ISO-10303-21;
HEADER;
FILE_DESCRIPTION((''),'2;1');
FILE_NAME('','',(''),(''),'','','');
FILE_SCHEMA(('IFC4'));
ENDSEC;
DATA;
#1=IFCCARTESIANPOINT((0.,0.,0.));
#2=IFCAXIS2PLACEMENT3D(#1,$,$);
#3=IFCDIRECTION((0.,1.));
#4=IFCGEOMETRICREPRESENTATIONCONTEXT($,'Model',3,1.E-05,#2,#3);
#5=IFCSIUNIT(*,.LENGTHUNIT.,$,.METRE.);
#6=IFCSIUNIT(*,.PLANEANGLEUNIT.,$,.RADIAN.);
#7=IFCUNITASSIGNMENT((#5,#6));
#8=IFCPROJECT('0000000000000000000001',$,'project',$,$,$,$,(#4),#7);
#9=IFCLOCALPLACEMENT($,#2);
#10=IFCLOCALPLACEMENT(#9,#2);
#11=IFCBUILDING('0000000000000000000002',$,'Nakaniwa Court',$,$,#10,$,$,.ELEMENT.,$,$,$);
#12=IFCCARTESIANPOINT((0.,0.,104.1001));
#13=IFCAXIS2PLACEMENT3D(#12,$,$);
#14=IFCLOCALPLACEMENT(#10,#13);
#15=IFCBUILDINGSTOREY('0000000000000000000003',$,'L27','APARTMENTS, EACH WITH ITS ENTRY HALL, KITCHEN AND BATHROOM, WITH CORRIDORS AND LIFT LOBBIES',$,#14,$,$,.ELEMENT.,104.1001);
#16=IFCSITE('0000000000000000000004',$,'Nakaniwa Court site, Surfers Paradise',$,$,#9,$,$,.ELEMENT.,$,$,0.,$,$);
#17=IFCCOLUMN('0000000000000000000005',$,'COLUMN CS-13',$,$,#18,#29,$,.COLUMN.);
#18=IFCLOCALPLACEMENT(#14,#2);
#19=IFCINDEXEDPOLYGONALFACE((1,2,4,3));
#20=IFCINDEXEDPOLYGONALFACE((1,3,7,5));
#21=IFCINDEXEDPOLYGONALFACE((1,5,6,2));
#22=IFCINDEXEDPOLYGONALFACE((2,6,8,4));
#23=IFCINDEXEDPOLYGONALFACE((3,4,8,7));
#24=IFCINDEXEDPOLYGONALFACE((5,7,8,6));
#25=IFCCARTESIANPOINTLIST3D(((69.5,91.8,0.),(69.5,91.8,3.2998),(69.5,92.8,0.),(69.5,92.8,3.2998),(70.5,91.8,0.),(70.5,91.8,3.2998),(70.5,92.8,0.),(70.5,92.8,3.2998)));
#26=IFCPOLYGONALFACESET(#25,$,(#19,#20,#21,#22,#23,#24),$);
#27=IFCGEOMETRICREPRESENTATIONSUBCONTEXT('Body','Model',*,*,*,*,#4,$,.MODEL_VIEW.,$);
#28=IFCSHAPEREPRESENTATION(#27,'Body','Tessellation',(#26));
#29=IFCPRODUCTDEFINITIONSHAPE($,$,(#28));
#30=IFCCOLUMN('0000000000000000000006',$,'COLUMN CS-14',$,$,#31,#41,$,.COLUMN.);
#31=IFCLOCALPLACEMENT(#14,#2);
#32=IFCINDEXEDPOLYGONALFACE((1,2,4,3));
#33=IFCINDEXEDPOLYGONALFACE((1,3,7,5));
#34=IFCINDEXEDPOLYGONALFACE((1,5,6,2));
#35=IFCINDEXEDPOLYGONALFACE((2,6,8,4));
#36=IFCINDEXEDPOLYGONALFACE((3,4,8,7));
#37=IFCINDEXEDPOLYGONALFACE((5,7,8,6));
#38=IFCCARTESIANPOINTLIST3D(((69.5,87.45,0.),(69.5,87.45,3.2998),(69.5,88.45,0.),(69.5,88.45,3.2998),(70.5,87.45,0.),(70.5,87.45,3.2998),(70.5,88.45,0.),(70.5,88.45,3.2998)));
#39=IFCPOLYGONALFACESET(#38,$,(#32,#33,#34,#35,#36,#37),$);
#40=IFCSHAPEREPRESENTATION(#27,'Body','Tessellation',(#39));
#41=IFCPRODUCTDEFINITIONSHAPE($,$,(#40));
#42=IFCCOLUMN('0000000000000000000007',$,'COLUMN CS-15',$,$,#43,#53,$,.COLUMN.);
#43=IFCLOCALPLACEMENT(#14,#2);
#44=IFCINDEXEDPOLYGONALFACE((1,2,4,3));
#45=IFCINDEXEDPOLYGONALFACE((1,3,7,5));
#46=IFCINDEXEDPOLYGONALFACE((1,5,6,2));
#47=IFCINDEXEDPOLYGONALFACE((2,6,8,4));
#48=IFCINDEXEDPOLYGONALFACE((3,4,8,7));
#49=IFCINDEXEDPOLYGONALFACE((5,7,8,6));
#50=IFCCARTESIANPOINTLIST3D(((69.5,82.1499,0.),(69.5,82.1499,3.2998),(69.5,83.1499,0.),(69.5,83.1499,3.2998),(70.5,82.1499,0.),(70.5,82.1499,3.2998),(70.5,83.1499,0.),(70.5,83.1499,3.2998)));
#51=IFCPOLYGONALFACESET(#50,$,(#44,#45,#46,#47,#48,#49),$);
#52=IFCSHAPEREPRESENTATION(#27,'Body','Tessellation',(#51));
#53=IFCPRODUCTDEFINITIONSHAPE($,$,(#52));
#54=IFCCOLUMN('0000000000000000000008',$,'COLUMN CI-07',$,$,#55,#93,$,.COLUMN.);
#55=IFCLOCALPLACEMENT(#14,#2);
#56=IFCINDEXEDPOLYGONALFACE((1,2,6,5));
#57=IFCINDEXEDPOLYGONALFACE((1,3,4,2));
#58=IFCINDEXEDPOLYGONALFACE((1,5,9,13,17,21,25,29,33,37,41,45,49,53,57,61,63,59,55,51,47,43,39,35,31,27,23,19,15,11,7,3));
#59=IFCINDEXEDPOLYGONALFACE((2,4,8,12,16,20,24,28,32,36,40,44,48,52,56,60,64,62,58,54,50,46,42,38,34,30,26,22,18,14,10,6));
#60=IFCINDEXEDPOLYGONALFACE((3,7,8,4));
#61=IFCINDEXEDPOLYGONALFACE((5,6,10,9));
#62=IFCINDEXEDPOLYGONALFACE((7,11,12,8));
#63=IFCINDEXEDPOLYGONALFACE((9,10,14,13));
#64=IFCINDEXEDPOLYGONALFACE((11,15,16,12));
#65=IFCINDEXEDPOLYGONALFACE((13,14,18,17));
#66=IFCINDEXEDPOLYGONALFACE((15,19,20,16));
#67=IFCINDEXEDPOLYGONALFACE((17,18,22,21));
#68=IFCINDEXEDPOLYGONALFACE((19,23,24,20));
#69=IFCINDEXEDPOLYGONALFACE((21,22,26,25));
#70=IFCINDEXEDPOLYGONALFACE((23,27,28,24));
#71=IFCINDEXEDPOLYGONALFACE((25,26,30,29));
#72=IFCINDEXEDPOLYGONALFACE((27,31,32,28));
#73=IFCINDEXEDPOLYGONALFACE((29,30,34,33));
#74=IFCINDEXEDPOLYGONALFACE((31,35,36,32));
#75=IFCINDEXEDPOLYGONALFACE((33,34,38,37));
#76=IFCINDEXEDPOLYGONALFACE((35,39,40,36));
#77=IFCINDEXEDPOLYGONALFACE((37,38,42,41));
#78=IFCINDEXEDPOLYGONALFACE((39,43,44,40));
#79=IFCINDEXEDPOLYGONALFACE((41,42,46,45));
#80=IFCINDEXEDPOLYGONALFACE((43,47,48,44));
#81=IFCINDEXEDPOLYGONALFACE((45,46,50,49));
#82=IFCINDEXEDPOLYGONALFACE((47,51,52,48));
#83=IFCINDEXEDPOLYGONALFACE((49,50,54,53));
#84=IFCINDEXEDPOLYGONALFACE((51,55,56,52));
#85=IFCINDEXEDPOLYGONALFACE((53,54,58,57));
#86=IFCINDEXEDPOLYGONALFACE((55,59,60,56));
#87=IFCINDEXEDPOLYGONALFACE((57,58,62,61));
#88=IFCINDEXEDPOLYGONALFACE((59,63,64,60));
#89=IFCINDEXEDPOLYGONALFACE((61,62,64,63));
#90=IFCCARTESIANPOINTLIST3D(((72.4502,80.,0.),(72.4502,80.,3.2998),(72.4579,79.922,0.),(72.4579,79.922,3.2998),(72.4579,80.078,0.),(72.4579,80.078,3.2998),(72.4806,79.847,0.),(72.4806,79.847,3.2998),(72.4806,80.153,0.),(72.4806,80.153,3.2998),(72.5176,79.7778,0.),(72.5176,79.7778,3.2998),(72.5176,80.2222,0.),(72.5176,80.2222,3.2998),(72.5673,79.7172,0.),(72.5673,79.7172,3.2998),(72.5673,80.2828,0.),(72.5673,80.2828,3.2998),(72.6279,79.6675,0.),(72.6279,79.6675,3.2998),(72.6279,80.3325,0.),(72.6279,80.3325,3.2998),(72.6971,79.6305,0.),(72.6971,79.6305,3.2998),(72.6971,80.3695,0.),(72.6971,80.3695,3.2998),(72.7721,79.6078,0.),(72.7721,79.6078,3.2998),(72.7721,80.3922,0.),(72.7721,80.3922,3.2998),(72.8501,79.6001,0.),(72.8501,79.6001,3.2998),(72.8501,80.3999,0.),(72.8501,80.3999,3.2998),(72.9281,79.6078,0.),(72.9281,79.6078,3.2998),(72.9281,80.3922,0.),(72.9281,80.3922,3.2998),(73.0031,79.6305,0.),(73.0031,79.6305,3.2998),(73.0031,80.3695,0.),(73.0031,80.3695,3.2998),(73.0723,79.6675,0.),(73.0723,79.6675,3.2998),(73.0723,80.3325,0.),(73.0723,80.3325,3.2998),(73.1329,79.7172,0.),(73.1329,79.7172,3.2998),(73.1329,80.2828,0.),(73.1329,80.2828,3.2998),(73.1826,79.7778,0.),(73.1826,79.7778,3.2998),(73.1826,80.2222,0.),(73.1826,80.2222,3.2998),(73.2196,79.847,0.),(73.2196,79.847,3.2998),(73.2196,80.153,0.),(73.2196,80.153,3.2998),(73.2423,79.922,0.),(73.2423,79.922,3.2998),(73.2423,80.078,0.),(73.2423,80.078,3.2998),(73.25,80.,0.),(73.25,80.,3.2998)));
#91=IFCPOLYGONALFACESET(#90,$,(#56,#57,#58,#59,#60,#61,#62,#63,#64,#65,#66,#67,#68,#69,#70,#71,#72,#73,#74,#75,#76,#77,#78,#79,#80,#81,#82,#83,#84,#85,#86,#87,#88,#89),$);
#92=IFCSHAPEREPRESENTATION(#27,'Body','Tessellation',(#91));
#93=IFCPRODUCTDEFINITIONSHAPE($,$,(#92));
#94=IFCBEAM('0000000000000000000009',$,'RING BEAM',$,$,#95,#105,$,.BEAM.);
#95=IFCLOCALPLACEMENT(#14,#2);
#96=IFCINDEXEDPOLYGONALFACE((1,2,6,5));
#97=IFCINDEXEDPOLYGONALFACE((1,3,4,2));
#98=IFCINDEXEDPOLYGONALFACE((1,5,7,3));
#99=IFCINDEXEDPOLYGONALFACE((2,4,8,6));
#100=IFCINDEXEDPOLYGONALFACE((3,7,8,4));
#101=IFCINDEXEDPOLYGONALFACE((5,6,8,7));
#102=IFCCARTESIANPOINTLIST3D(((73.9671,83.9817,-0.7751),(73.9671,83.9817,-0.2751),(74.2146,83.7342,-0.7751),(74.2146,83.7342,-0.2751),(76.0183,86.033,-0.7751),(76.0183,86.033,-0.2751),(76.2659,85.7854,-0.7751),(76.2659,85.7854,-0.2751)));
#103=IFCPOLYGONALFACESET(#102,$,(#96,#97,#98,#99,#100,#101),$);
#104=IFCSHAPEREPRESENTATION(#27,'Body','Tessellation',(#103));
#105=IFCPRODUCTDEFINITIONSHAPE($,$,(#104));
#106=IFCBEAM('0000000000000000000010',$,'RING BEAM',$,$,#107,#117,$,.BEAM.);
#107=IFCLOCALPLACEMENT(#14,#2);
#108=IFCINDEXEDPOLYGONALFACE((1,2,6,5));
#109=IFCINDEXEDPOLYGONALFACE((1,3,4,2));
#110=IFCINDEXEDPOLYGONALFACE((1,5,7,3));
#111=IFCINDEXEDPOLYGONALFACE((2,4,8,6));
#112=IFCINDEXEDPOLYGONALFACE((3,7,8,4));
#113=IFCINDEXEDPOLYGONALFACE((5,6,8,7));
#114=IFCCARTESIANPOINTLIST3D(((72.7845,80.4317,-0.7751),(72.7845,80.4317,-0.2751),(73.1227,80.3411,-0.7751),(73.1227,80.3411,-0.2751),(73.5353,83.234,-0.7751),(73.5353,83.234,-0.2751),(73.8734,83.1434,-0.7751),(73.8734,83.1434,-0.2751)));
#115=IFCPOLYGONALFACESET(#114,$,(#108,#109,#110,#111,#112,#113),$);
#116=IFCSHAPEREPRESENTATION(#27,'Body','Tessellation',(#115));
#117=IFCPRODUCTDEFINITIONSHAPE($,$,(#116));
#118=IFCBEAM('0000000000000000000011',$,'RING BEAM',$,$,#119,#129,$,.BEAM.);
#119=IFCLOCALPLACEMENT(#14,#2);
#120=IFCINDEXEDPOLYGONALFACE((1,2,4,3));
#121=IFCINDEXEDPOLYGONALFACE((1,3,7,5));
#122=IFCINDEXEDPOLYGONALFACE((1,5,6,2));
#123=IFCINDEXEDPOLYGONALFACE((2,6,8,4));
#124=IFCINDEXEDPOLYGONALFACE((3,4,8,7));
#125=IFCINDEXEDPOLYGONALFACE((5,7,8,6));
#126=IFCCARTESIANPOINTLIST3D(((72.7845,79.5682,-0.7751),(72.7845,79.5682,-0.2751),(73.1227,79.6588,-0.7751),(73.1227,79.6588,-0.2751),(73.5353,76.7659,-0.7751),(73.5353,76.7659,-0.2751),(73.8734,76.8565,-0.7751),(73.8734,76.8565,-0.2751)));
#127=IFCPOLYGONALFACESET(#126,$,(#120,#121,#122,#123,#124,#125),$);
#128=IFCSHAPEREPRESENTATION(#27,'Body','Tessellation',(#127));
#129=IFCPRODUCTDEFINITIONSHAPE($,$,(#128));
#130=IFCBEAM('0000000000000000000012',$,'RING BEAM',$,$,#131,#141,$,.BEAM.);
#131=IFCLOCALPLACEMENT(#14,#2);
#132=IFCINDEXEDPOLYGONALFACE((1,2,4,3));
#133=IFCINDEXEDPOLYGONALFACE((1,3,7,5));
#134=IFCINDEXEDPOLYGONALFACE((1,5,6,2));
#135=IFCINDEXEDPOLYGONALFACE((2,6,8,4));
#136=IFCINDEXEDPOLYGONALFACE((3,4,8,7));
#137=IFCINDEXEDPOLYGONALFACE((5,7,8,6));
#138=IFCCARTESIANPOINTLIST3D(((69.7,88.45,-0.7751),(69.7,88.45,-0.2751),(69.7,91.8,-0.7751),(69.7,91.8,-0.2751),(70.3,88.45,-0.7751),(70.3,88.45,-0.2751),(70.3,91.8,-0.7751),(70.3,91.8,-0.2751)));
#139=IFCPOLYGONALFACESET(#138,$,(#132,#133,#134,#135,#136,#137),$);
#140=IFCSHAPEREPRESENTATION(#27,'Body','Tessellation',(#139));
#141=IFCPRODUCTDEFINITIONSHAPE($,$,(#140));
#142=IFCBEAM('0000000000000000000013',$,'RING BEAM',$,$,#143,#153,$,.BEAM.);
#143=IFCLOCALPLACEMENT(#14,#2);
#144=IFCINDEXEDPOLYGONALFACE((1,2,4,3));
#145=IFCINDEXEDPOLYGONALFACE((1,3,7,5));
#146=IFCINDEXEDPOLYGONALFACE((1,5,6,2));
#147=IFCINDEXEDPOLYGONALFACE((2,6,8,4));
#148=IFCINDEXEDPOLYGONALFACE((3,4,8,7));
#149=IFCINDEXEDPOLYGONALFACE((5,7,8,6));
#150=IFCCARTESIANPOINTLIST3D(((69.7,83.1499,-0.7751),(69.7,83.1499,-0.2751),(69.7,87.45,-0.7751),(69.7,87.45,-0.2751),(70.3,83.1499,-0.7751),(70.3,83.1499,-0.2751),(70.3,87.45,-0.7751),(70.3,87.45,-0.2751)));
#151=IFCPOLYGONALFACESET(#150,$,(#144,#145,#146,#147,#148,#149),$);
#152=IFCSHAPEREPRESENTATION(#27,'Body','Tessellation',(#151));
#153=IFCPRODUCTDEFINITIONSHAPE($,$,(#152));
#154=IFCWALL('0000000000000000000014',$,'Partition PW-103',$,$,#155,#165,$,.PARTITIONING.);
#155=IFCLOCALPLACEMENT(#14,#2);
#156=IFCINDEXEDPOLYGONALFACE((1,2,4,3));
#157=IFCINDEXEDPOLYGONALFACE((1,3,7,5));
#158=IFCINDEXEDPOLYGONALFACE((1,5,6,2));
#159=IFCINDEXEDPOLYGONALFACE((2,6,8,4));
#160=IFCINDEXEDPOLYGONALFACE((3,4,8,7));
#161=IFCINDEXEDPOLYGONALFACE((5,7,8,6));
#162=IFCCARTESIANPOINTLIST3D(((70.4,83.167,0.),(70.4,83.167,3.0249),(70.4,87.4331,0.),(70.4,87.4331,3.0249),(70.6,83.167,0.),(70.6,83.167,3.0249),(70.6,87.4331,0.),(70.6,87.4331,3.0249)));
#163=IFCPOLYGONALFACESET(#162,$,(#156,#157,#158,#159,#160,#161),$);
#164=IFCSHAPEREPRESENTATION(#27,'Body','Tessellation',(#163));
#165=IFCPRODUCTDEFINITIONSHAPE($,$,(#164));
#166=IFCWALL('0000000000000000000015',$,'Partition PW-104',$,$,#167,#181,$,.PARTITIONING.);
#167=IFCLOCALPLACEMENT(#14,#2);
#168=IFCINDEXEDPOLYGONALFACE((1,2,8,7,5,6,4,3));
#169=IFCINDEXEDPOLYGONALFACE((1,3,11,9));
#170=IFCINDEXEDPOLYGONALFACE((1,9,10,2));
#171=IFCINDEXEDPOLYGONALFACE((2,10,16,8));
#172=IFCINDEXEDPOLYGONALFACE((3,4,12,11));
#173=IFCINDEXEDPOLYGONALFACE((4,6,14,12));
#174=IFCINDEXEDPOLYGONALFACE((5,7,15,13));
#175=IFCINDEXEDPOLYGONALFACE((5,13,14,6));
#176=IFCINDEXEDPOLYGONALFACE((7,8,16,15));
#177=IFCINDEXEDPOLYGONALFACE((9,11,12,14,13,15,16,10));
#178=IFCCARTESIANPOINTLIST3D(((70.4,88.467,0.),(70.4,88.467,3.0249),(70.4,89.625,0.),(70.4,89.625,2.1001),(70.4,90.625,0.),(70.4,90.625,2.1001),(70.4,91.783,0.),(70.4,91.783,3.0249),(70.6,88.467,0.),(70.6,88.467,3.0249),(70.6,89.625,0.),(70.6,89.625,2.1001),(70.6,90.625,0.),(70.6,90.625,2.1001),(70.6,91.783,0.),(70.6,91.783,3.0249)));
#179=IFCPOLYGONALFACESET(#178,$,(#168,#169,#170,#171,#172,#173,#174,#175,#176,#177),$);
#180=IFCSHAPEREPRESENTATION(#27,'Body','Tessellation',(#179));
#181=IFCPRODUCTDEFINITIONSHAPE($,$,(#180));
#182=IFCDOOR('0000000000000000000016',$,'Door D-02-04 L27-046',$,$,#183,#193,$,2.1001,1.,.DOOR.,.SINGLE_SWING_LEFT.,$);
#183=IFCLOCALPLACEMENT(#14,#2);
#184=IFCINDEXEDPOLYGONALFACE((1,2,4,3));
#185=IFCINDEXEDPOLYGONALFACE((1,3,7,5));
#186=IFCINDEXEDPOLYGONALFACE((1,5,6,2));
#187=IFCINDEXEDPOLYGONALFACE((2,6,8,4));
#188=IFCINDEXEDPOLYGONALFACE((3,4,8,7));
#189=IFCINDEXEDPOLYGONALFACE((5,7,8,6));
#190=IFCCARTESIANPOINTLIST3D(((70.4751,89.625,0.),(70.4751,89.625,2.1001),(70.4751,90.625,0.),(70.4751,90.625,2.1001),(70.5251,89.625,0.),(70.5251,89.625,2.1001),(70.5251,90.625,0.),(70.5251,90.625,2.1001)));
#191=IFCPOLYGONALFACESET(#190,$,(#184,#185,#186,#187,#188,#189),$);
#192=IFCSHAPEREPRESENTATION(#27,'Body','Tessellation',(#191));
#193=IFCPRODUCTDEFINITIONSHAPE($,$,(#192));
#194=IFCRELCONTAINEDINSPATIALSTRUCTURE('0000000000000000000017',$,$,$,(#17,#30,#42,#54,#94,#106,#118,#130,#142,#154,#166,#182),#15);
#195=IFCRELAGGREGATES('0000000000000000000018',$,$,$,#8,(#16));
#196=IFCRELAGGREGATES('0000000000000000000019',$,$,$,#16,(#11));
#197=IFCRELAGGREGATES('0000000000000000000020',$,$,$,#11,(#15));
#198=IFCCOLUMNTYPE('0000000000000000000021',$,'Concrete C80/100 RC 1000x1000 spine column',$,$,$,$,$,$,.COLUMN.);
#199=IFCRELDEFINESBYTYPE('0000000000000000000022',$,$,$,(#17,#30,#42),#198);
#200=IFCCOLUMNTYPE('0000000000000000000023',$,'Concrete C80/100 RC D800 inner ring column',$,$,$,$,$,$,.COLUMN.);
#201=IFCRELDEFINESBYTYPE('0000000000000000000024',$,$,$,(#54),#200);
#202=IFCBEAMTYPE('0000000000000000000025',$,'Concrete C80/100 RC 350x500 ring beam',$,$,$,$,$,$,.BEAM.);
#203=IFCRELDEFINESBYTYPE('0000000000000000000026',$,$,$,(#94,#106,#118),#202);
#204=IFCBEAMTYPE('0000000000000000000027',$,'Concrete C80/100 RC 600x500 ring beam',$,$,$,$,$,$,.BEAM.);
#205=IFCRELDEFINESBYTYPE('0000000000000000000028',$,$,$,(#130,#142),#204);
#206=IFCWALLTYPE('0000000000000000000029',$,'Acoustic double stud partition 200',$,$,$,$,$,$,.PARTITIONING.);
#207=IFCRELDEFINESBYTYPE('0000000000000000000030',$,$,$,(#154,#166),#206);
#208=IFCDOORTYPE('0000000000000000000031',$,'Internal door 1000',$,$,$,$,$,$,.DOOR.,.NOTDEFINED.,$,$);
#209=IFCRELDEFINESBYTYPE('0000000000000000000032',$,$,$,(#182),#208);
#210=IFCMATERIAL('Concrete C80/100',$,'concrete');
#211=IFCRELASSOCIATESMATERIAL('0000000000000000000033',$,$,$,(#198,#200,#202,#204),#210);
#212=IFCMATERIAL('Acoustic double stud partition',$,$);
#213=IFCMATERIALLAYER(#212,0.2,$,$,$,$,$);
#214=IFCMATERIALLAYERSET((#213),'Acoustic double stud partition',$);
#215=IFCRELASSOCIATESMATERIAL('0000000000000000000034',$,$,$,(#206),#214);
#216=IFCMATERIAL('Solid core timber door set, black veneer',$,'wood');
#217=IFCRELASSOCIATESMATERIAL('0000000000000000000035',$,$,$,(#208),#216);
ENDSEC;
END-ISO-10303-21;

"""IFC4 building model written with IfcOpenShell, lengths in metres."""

from ifc_helpers import new_model, si_unit, direction, frame, frame_2d, origin, origin_2d, place, context, subcontext, project, spatial, rectangle, circle, extrude, material, layer, layer_set, material_profile, profile_set, type_object, element, fill, save


model = new_model("IFC4")

# Units and contexts
model_context = context("Model", 3, precision=1e-05, world=origin(), true_north=direction((0.0, 1.0)))
body_context = subcontext(model_context, "Body", "Model", "MODEL_VIEW")
ifc_project = project(units=[si_unit("LENGTHUNIT", "METRE"), si_unit("PLANEANGLEUNIT", "RADIAN")], contexts=[model_context])

# Site, building, storey
site_placement = place(None, origin())
site = spatial("IfcSite", under=ifc_project, at=site_placement, Name="Nakaniwa Court site, Surfers Paradise", CompositionType="ELEMENT", RefElevation=0.0)
building_placement = place(site_placement, origin())
building = spatial("IfcBuilding", under=site, at=building_placement, Name="Nakaniwa Court", CompositionType="ELEMENT")
storey_placement = place(building_placement, frame((0.0, 0.0, 104.1001)))
storey = spatial("IfcBuildingStorey", under=building, at=storey_placement, Name="L27", Description="APARTMENTS, EACH WITH ITS ENTRY HALL, KITCHEN AND BATHROOM, WITH CORRIDORS AND LIFT LOBBIES", CompositionType="ELEMENT", Elevation=104.1001)

# Columns
ifc_material_1 = material(Name="Concrete C80/100", Category="concrete")
ifc_material_profile_1 = material_profile(ifc_material_1, rectangle(XDim=1.0, YDim=1.0, at=origin_2d()), Name="Concrete C80/100 RC 1000x1000 spine column")
ifc_profile_set_1 = profile_set([ifc_material_profile_1], Name="Concrete C80/100")
column_type_1 = type_object("IfcColumnType", Name="Concrete C80/100 RC 1000x1000 spine column", PredefinedType="COLUMN", material=ifc_profile_set_1)
for number, where, z_axis, x_axis, name in (
    (1, (70.0, 92.3, 0.0), (0.0, 0.0, 1.0), (0.0, -1.0, 0.0), "COLUMN CS-13"),
    (2, (70.0, 87.95, 0.0), (0.0, 0.0, 1.0), (0.0, -1.0, 0.0), "COLUMN CS-14"),
    (3, (70.0, 82.6499, 0.0), (0.0, 0.0, 1.0), (0.0, -1.0, 0.0), "COLUMN CS-15"),
):
    element("IfcColumn", number, at=place(storey_placement, frame(where, z_axis=z_axis, x_axis=x_axis)), inside=storey, type_object=column_type_1, Name=name, PredefinedType="COLUMN", context=body_context, shape_type="SweptSolid", body=[
        extrude(rectangle(XDim=1.0, YDim=1.0, at=origin_2d()), origin(), (0.0, 0.0, 1.0), 3.2998),
    ])
ifc_material_profile_2 = material_profile(ifc_material_1, circle(Radius=0.3999, at=origin_2d()), Name="Concrete C80/100 RC D800 inner ring column")
ifc_profile_set_2 = profile_set([ifc_material_profile_2], Name="Concrete C80/100")
column_type_2 = type_object("IfcColumnType", Name="Concrete C80/100 RC D800 inner ring column", PredefinedType="COLUMN", material=ifc_profile_set_2)
for number, where, z_axis, x_axis, name in (
    (4, (72.8501, 80.0, 0.0), (0.0, 0.0, 1.0), (0.0, -1.0, 0.0), "COLUMN CI-07"),
):
    element("IfcColumn", number, at=place(storey_placement, frame(where, z_axis=z_axis, x_axis=x_axis)), inside=storey, type_object=column_type_2, Name=name, PredefinedType="COLUMN", context=body_context, shape_type="SweptSolid", body=[
        extrude(circle(Radius=0.3999, at=origin_2d()), origin(), (0.0, 0.0, 1.0), 3.2998),
    ])

# Beams
ifc_material_profile_3 = material_profile(ifc_material_1, rectangle(XDim=0.3501, YDim=0.5, at=origin_2d()), Name="Concrete C80/100 RC 350x500 ring beam")
ifc_profile_set_3 = profile_set([ifc_material_profile_3], Name="Concrete C80/100")
beam_type_1 = type_object("IfcBeamType", Name="Concrete C80/100 RC 350x500 ring beam", PredefinedType="BEAM", material=ifc_profile_set_3)
beam_1_placement = place(storey_placement, frame((76.1421, 85.9092, -0.5251), z_axis=(-0.707107, -0.707107, 0.0), x_axis=(0.707107, -0.707107, 0.0)))
element("IfcBeam", 5, at=beam_1_placement, inside=storey, type_object=beam_type_1, Name="RING BEAM", PredefinedType="BEAM", context=body_context, shape_type="SweptSolid", body=[
    extrude(rectangle(XDim=0.3501, YDim=0.5, at=origin_2d()), origin(), (0.0, 0.0, 1.0), 2.9009),
])
for number, where, z_axis, x_axis, name in (
    (6, (73.7043, 83.1887, -0.5251), (-0.258778, -0.965937, 0.0), (0.965937, -0.258778, 0.0), "RING BEAM"),
    (7, (72.9536, 79.6135, -0.5251), (0.258778, -0.965937, 0.0), (0.965937, 0.258778, 0.0), "RING BEAM"),
):
    element("IfcBeam", number, at=place(storey_placement, frame(where, z_axis=z_axis, x_axis=x_axis)), inside=storey, type_object=beam_type_1, Name=name, PredefinedType="BEAM", context=body_context, shape_type="SweptSolid", body=[
        extrude(rectangle(XDim=0.3501, YDim=0.5, at=origin_2d()), origin(), (0.0, 0.0, 1.0), 2.9011),
    ])
ifc_material_profile_4 = material_profile(ifc_material_1, rectangle(XDim=0.6001, YDim=0.5, at=origin_2d()), Name="Concrete C80/100 RC 600x500 ring beam")
ifc_profile_set_4 = profile_set([ifc_material_profile_4], Name="Concrete C80/100")
beam_type_2 = type_object("IfcBeamType", Name="Concrete C80/100 RC 600x500 ring beam", PredefinedType="BEAM", material=ifc_profile_set_4)
beam_2_placement = place(storey_placement, frame((70.0, 91.8, -0.5251), z_axis=(0.0, -1.0, 0.0), x_axis=(1.0, 0.0, 0.0)))
element("IfcBeam", 8, at=beam_2_placement, inside=storey, type_object=beam_type_2, Name="RING BEAM", PredefinedType="BEAM", context=body_context, shape_type="SweptSolid", body=[
    extrude(rectangle(XDim=0.6001, YDim=0.5, at=origin_2d()), origin(), (0.0, 0.0, 1.0), 3.3501),
])
beam_3_placement = place(storey_placement, frame((70.0, 87.45, -0.5251), z_axis=(0.0, -1.0, 0.0), x_axis=(1.0, 0.0, 0.0)))
element("IfcBeam", 9, at=beam_3_placement, inside=storey, type_object=beam_type_2, Name="RING BEAM", PredefinedType="BEAM", context=body_context, shape_type="SweptSolid", body=[
    extrude(rectangle(XDim=0.6001, YDim=0.5, at=origin_2d()), origin(), (0.0, 0.0, 1.0), 4.3),
])

# Wall
ifc_material_2 = material(Name="Acoustic double stud partition")
ifc_layer_1 = layer(ifc_material_2, 0.2)
ifc_layer_set_1 = layer_set([ifc_layer_1], Name="Acoustic double stud partition")
wall_type_1 = type_object("IfcWallType", Name="Acoustic double stud partition 200", PredefinedType="PARTITIONING", material=ifc_layer_set_1)
wall_1_placement = place(storey_placement, frame((70.5, 83.167, 0.0), z_axis=(0.0, 0.0, 1.0), x_axis=(0.0, 1.0, 0.0)))
element("IfcWall", 10, at=wall_1_placement, inside=storey, type_object=wall_type_1, Name="Partition PW-103", PredefinedType="PARTITIONING", context=body_context, shape_type="SweptSolid", body=[
    extrude(rectangle(XDim=4.2661, YDim=0.2, at=frame_2d((2.1331, 0.0))), origin(), (0.0, 0.0, 1.0), 3.0249),
])

# Wall, opening, door
wall_2_placement = place(storey_placement, frame((70.5, 88.467, 0.0), z_axis=(0.0, 0.0, 1.0), x_axis=(0.0, 1.0, 0.0)))
wall_2 = element("IfcWall", 11, at=wall_2_placement, inside=storey, type_object=wall_type_1, Name="Partition PW-104", PredefinedType="PARTITIONING", context=body_context, shape_type="SweptSolid", body=[
    extrude(rectangle(XDim=3.3159, YDim=0.2, at=frame_2d((1.658, 0.0))), origin(), (0.0, 0.0, 1.0), 3.0249),
])
opening_1_placement = place(wall_2_placement, frame((1.158, 0.0, 0.0)))
opening_1 = element("IfcOpeningElement", 12, at=opening_1_placement, cuts=wall_2, PredefinedType="OPENING", context=body_context, shape_type="SweptSolid", body=[
    extrude(rectangle(XDim=1.0, YDim=2.1001, at=frame_2d((0.5, 1.05))), frame((0.0, 0.1099, 0.0), z_axis=(0.0, -1.0, 0.0), x_axis=(1.0, 0.0, 0.0)), (0.0, 0.0, 1.0), 0.22),
])
ifc_material_3 = material(Name="Solid core timber door set, black veneer", Category="wood")
door_type_1 = type_object("IfcDoorType", Name="Internal door 1000", OperationType="NOTDEFINED", PredefinedType="DOOR", material=ifc_material_3)
door_1_placement = place(opening_1_placement, origin())
door_1 = element("IfcDoor", 13, at=door_1_placement, inside=storey, type_object=door_type_1, Name="Door D-02-04 L27-046", OperationType="SINGLE_SWING_LEFT", OverallHeight=2.1001, OverallWidth=1.0, PredefinedType="DOOR", context=body_context, shape_type="SweptSolid", body=[
    extrude(rectangle(XDim=1.0, YDim=2.1001, at=frame_2d((0.5, 1.05))), frame((0.0, 0.0249, 0.0), z_axis=(0.0, -1.0, 0.0), x_axis=(1.0, 0.0, 0.0)), (0.0, 0.0, 1.0), 0.05),
])
fill(opening_1, door_1)

save(model, "model.ifc")
